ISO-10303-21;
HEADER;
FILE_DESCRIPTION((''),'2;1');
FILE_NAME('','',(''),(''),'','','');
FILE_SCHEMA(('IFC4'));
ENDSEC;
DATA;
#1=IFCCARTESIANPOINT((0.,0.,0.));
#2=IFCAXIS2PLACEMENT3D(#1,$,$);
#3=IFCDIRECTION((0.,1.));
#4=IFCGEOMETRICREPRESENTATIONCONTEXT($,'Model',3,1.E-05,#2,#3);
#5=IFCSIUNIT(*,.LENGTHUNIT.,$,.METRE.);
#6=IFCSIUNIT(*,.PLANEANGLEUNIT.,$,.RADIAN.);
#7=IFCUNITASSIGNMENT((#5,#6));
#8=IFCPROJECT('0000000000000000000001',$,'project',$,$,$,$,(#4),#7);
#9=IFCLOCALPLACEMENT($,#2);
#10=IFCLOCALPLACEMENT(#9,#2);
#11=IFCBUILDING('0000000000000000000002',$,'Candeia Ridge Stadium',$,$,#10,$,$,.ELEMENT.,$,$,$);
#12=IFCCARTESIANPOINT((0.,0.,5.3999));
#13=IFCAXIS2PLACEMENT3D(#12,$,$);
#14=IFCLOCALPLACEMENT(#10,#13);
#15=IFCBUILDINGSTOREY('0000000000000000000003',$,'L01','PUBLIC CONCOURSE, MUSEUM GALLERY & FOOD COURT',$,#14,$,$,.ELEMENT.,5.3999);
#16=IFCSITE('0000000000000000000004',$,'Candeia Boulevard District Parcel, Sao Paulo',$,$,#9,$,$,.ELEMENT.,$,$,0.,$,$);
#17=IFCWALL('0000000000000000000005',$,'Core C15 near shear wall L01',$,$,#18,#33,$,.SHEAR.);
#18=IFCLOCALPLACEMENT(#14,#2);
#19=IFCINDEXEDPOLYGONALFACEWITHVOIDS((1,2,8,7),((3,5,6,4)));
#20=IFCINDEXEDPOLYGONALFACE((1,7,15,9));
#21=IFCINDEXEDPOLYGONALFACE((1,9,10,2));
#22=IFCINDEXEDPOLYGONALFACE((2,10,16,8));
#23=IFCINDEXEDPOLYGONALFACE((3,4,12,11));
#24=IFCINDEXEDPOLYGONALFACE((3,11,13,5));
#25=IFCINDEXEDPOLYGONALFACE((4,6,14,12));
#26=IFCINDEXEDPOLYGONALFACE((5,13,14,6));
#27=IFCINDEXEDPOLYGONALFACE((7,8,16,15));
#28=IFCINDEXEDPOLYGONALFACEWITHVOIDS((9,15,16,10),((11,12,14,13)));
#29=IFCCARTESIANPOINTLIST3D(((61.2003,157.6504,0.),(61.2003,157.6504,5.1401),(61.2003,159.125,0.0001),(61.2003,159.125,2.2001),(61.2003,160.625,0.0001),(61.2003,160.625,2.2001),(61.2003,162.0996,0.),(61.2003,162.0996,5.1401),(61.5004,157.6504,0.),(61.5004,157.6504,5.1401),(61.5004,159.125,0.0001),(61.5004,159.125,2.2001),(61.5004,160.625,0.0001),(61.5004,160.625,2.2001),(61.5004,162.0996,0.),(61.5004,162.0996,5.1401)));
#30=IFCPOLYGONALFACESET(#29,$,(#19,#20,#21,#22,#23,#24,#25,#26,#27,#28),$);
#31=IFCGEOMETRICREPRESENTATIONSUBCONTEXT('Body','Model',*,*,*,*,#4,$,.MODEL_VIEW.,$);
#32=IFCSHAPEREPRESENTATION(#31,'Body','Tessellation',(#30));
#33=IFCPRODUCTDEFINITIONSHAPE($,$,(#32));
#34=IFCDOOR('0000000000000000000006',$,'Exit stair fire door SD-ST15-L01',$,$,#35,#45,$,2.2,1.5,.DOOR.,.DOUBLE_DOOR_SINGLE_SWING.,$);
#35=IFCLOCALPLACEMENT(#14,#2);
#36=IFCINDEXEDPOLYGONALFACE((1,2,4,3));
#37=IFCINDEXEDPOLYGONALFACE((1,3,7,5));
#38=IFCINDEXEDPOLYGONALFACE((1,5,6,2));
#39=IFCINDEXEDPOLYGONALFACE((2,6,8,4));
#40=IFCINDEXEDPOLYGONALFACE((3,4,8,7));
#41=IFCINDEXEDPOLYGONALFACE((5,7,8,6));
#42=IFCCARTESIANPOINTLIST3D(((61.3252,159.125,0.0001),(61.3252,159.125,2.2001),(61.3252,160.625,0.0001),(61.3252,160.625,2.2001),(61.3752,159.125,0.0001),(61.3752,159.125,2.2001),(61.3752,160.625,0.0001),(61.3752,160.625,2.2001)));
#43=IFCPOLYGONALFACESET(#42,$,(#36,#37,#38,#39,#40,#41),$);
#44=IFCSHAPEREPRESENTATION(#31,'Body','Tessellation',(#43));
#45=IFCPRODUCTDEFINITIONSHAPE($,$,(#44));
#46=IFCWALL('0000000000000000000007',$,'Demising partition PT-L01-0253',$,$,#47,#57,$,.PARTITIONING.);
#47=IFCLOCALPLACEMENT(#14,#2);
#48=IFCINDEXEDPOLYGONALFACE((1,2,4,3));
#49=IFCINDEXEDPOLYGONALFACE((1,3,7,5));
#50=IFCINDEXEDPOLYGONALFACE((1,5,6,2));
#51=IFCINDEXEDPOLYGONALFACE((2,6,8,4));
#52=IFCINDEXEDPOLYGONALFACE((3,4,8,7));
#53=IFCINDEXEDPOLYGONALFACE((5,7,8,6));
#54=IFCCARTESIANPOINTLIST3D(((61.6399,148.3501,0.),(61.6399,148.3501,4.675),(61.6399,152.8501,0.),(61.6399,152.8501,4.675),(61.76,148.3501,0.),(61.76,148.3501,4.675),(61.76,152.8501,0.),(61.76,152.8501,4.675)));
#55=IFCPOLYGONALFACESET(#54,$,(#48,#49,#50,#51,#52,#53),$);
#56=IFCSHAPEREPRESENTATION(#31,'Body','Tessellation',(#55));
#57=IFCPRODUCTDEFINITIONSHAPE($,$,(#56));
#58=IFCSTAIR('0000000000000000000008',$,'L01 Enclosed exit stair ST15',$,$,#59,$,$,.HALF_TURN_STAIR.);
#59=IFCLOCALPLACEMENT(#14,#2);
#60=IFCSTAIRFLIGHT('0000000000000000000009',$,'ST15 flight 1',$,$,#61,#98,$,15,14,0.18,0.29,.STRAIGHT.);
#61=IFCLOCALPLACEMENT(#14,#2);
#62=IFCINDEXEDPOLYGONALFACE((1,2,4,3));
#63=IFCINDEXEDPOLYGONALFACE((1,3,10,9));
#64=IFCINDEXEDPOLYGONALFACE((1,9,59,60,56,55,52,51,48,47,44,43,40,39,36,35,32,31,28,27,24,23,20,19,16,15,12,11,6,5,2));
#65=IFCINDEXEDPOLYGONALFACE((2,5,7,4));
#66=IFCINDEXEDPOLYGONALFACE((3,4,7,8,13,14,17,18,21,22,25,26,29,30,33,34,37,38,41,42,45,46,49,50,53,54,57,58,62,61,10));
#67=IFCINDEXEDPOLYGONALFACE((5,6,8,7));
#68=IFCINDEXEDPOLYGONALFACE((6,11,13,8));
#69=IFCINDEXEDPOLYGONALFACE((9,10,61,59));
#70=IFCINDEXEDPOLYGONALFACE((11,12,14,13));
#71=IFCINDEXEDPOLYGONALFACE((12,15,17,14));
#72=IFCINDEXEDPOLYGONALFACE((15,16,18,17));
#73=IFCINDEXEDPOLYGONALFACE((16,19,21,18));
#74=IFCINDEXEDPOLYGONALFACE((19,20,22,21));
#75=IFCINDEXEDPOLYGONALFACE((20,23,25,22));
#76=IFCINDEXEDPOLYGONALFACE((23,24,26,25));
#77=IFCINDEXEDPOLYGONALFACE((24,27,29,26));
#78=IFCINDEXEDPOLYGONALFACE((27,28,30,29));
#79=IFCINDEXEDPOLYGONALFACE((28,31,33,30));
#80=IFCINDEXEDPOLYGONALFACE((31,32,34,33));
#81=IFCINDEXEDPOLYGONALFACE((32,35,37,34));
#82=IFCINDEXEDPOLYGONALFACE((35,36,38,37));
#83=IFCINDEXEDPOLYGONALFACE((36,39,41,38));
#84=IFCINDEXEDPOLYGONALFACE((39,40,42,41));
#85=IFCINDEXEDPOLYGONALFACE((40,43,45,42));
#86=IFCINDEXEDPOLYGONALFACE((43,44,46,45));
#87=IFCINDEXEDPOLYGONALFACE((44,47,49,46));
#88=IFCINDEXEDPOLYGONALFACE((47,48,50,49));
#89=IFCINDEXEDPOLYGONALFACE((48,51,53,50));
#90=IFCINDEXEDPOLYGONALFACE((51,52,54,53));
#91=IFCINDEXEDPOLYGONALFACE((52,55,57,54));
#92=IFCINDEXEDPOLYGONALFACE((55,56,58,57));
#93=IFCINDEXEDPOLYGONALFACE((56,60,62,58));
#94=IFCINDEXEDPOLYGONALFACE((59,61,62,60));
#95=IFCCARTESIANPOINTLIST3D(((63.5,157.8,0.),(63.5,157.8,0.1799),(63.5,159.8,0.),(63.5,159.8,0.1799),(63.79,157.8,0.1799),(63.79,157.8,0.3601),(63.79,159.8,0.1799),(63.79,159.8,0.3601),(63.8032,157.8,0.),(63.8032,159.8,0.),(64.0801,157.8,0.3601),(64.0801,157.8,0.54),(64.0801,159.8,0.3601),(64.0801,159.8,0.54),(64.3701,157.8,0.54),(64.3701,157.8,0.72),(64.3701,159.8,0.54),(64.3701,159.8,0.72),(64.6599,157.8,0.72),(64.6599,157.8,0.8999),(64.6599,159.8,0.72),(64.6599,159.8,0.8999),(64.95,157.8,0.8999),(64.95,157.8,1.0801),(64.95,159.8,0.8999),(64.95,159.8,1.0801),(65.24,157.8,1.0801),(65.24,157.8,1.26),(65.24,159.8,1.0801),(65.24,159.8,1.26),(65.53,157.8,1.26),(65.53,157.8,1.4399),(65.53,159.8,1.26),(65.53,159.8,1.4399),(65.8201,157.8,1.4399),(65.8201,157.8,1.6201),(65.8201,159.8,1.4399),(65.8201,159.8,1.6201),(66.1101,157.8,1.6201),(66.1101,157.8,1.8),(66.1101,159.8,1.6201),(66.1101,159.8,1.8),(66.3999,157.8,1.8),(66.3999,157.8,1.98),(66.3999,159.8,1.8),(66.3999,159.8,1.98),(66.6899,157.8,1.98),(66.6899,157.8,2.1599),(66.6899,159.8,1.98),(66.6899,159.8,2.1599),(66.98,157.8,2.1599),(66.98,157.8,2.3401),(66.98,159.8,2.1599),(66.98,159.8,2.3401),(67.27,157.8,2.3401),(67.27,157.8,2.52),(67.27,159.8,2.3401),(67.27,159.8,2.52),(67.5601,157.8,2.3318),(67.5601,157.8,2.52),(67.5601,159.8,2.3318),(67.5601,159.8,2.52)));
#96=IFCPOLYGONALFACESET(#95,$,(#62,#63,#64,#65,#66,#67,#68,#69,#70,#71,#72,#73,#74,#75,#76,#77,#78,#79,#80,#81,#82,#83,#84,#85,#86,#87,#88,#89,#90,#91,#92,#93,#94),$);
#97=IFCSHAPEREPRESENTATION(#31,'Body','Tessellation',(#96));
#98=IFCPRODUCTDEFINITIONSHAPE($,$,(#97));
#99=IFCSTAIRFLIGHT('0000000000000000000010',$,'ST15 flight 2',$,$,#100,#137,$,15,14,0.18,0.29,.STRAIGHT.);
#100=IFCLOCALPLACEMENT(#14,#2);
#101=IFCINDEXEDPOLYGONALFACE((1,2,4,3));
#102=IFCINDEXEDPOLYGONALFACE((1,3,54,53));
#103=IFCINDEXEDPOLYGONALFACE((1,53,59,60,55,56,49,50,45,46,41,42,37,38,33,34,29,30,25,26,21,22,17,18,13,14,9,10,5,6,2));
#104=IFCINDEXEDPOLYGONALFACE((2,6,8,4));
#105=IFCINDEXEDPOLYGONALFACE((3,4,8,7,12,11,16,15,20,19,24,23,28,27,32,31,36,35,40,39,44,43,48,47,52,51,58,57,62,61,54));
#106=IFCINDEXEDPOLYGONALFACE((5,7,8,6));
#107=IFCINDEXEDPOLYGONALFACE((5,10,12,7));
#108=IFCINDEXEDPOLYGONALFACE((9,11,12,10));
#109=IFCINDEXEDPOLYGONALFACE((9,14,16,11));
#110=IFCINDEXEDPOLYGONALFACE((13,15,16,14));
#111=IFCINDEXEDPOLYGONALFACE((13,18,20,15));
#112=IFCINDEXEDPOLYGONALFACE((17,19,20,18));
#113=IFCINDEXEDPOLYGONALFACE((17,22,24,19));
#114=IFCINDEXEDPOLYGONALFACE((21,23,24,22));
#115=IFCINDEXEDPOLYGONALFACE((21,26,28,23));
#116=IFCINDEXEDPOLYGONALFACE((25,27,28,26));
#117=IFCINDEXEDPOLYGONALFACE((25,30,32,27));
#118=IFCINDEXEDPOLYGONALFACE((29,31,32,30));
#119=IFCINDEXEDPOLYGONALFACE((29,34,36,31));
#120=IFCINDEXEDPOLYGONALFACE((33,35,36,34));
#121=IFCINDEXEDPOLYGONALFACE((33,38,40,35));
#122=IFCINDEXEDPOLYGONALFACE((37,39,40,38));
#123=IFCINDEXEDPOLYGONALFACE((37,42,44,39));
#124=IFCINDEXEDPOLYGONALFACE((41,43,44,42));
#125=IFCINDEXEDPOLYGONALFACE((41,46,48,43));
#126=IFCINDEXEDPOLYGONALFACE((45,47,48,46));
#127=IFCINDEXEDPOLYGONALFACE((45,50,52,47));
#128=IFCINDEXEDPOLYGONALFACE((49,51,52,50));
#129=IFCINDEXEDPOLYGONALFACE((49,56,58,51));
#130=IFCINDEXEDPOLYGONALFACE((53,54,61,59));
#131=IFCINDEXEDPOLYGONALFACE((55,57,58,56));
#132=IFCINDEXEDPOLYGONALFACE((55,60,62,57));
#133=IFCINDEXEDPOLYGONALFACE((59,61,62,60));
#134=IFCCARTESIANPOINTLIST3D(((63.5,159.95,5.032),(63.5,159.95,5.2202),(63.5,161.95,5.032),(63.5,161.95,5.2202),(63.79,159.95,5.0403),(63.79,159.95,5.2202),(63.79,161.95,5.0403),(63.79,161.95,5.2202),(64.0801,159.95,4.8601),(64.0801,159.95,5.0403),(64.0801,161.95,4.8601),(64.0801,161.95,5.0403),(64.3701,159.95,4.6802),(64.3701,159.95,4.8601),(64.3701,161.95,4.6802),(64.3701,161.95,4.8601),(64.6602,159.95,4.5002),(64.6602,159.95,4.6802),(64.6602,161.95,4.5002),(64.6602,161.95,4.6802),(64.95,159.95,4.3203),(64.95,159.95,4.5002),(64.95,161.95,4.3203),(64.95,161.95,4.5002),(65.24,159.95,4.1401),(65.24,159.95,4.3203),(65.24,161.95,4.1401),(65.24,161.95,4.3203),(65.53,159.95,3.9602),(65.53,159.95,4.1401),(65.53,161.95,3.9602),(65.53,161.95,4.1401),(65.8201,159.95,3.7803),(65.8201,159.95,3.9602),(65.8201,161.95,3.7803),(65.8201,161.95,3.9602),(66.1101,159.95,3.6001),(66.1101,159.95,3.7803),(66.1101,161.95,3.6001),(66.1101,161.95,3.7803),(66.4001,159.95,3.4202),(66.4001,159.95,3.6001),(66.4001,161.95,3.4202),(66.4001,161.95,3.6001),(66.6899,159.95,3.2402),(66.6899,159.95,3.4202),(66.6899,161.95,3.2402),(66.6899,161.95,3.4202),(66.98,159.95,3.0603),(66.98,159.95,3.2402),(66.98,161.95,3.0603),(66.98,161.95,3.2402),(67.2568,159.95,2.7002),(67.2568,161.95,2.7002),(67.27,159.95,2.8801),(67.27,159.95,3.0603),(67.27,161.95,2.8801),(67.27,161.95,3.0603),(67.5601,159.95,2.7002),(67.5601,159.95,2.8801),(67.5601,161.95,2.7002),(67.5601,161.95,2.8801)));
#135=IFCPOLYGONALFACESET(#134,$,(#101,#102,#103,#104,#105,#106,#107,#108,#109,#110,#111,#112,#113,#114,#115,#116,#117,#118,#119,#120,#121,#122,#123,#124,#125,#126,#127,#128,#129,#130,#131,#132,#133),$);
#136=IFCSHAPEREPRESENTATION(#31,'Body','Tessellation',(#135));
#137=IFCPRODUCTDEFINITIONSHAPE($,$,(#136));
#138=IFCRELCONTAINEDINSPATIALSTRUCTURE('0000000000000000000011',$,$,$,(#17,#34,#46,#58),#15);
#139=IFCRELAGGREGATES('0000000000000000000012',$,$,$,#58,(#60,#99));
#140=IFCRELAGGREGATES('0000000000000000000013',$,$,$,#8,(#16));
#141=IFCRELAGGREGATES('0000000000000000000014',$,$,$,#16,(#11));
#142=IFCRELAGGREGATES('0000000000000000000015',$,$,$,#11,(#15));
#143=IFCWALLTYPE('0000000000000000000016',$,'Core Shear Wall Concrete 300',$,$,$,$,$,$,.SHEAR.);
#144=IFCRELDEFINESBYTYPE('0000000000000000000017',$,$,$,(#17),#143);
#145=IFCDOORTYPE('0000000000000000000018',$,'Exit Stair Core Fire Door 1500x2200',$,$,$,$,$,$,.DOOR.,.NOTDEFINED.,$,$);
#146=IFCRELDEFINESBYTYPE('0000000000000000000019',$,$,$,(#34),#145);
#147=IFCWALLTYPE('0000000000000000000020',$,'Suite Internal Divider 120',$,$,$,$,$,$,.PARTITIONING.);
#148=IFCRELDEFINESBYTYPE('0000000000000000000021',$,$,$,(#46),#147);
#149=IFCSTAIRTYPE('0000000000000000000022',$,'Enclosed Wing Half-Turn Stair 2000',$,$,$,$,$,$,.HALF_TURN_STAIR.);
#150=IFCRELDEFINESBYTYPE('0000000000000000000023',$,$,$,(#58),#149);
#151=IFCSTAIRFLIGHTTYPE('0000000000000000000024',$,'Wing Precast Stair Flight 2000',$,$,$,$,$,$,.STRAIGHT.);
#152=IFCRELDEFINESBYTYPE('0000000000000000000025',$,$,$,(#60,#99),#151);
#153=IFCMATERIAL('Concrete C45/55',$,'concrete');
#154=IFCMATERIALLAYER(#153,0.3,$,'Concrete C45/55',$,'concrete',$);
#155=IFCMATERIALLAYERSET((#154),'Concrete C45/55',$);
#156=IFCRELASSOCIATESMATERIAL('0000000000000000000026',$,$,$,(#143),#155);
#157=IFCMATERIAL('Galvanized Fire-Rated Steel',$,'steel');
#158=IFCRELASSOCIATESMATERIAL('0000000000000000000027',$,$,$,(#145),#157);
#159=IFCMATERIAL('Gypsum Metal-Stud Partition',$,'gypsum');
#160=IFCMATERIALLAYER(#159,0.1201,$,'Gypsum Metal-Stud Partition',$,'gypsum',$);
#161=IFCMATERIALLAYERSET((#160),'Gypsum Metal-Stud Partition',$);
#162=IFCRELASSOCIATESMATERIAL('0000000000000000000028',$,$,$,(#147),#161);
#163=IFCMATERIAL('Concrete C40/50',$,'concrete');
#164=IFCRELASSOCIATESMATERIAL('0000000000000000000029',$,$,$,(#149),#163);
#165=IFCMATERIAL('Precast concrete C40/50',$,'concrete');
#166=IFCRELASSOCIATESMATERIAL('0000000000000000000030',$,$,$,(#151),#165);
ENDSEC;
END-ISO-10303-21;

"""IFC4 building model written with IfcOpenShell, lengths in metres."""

from ifc_helpers import new_model, si_unit, direction, frame, frame_2d, origin, place, context, subcontext, project, spatial, polyline, rectangle, outline, extrude, material, layer, layer_set, type_object, element, fill, aggregate, save


model = new_model("IFC4")

# Units and contexts
model_context = context("Model", 3, precision=1e-05, world=origin(), true_north=direction((0.0, 1.0)))
body_context = subcontext(model_context, "Body", "Model", "MODEL_VIEW")
ifc_project = project(units=[si_unit("LENGTHUNIT", "METRE"), si_unit("PLANEANGLEUNIT", "RADIAN")], contexts=[model_context])

# Site, building, storey
site_placement = place(None, origin())
site = spatial("IfcSite", under=ifc_project, at=site_placement, Name="Candeia Boulevard District Parcel, Sao Paulo", CompositionType="ELEMENT", RefElevation=0.0)
building_placement = place(site_placement, origin())
building = spatial("IfcBuilding", under=site, at=building_placement, Name="Candeia Ridge Stadium", CompositionType="ELEMENT")
storey_placement = place(building_placement, frame((0.0, 0.0, 5.3999)))
storey = spatial("IfcBuildingStorey", under=building, at=storey_placement, Name="L01", Description="PUBLIC CONCOURSE, MUSEUM GALLERY & FOOD COURT", CompositionType="ELEMENT", Elevation=5.3999)

# Shared definitions
ifc_material_1 = material(Name="Concrete C45/55", Category="concrete")
ifc_layer_1 = layer(ifc_material_1, 0.3, Name="Concrete C45/55", Category="concrete")
ifc_layer_set_1 = layer_set([ifc_layer_1], Name="Concrete C45/55")
wall_type_1 = type_object("IfcWallType", Name="Core Shear Wall Concrete 300", PredefinedType="SHEAR", material=ifc_layer_set_1)

# Wall, opening, door
wall_1_placement = place(storey_placement, frame((61.3503, 162.0996, 0.0), z_axis=(0.0, 0.0, 1.0), x_axis=(0.0, -1.0, 0.0)))
wall_1 = element("IfcWall", 1, at=wall_1_placement, inside=storey, type_object=wall_type_1, Name="Core C15 near shear wall L01", PredefinedType="SHEAR", context=body_context, shape_type="SweptSolid", body=[
    extrude(rectangle(XDim=4.4492, YDim=0.3, at=frame_2d((2.2246, 0.0))), origin(), (0.0, 0.0, 1.0), 5.1401),
])
opening_1_placement = place(wall_1_placement, frame((1.4746, 0.0, 0.0)))
opening_1 = element("IfcOpeningElement", 2, at=opening_1_placement, cuts=wall_1, PredefinedType="OPENING", context=body_context, shape_type="SweptSolid", body=[
    extrude(rectangle(XDim=1.5, YDim=2.2, at=frame_2d((0.75, 1.1001))), frame((0.0, 0.1599, 0.0), z_axis=(0.0, -1.0, 0.0), x_axis=(1.0, 0.0, 0.0)), (0.0, 0.0, 1.0), 0.3201),
])
ifc_material_2 = material(Name="Galvanized Fire-Rated Steel", Category="steel")
door_type_1 = type_object("IfcDoorType", Name="Exit Stair Core Fire Door 1500x2200", OperationType="NOTDEFINED", PredefinedType="DOOR", material=ifc_material_2)
door_1_placement = place(opening_1_placement, origin())
door_1 = element("IfcDoor", 3, at=door_1_placement, inside=storey, type_object=door_type_1, Name="Exit stair fire door SD-ST15-L01", OperationType="DOUBLE_DOOR_SINGLE_SWING", OverallHeight=2.2, OverallWidth=1.5, PredefinedType="DOOR", context=body_context, shape_type="SweptSolid", body=[
    extrude(rectangle(XDim=1.5, YDim=2.2, at=frame_2d((0.75, 1.1001))), frame((0.0, 0.0249, 0.0), z_axis=(0.0, -1.0, 0.0), x_axis=(1.0, 0.0, 0.0)), (0.0, 0.0, 1.0), 0.05),
])
fill(opening_1, door_1)

# Wall
ifc_material_3 = material(Name="Gypsum Metal-Stud Partition", Category="gypsum")
ifc_layer_2 = layer(ifc_material_3, 0.1201, Name="Gypsum Metal-Stud Partition", Category="gypsum")
ifc_layer_set_2 = layer_set([ifc_layer_2], Name="Gypsum Metal-Stud Partition")
wall_type_2 = type_object("IfcWallType", Name="Suite Internal Divider 120", PredefinedType="PARTITIONING", material=ifc_layer_set_2)
wall_2_placement = place(storey_placement, frame((61.7, 148.3501, 0.0), z_axis=(0.0, 0.0, 1.0), x_axis=(0.0, 1.0, 0.0)))
element("IfcWall", 4, at=wall_2_placement, inside=storey, type_object=wall_type_2, Name="Demising partition PT-L01-0253", PredefinedType="PARTITIONING", context=body_context, shape_type="SweptSolid", body=[
    extrude(rectangle(XDim=4.5, YDim=0.1201, at=frame_2d((2.25, 0.0))), origin(), (0.0, 0.0, 1.0), 4.675),
])

# Stair, stair flights
ifc_material_4 = material(Name="Concrete C40/50", Category="concrete")
stair_type = type_object("IfcStairType", Name="Enclosed Wing Half-Turn Stair 2000", PredefinedType="HALF_TURN_STAIR", material=ifc_material_4)
stair_placement = place(storey_placement, origin())
stair = element("IfcStair", 5, at=stair_placement, inside=storey, type_object=stair_type, Name="L01 Enclosed exit stair ST15", PredefinedType="HALF_TURN_STAIR")
ifc_material_5 = material(Name="Precast concrete C40/50", Category="concrete")
stair_flight_type = type_object("IfcStairFlightType", Name="Wing Precast Stair Flight 2000", PredefinedType="STRAIGHT", material=ifc_material_5)
stair_flight_1_placement = place(storey_placement, frame((63.5, 158.8, 0.0), z_axis=(0.0, 0.0, 1.0), x_axis=(1.0, 0.0, 0.0)))
stair_flight_1 = element("IfcStairFlight", 6, at=stair_flight_1_placement, type_object=stair_flight_type, Name="ST15 flight 1", NumberOfRisers=15, NumberOfTreads=14, PredefinedType="STRAIGHT", RiserHeight=0.18, TreadLength=0.29, context=body_context, shape_type="SweptSolid", body=[
    extrude(outline(polyline([(0.0, 0.0), (0.0, 0.1799), (0.29, 0.1799), (0.29, 0.3601), (0.5801, 0.3601), (0.5801, 0.54), (0.8701, 0.54), (0.8701, 0.72), (1.1599, 0.72), (1.1599, 0.8999), (1.45, 0.8999), (1.45, 1.0801), (1.74, 1.0801), (1.74, 1.26), (2.03, 1.26), (2.03, 1.4399), (2.3201, 1.4399), (2.3201, 1.6201), (2.6101, 1.6201), (2.6101, 1.8), (2.8999, 1.8), (2.8999, 1.98), (3.1899, 1.98), (3.1899, 2.1599), (3.48, 2.1599), (3.48, 2.3401), (3.77, 2.3401), (3.77, 2.52), (4.0601, 2.52), (4.0601, 2.7), (4.0601, 2.3318), (0.3032, 0.0), (0.0, 0.0)])), frame((0.0, 1.0, 0.0), z_axis=(0.0, -1.0, 0.0), x_axis=(1.0, 0.0, 0.0)), (0.0, 0.0, 1.0), 2.0),
])
stair_flight_2_placement = place(storey_placement, frame((67.5601, 160.95, 2.7002), z_axis=(0.0, 0.0, 1.0), x_axis=(-1.0, 0.0, 0.0)))
stair_flight_2 = element("IfcStairFlight", 7, at=stair_flight_2_placement, type_object=stair_flight_type, Name="ST15 flight 2", NumberOfRisers=15, NumberOfTreads=14, PredefinedType="STRAIGHT", RiserHeight=0.18, TreadLength=0.29, context=body_context, shape_type="SweptSolid", body=[
    extrude(outline(polyline([(0.0, 0.0), (0.0, 0.1799), (0.29, 0.1799), (0.29, 0.3601), (0.5801, 0.3601), (0.5801, 0.54), (0.8701, 0.54), (0.8701, 0.72), (1.1599, 0.72), (1.1599, 0.8999), (1.45, 0.8999), (1.45, 1.0801), (1.74, 1.0801), (1.74, 1.26), (2.03, 1.26), (2.03, 1.4399), (2.3201, 1.4399), (2.3201, 1.6201), (2.6101, 1.6201), (2.6101, 1.8), (2.8999, 1.8), (2.8999, 1.98), (3.1899, 1.98), (3.1899, 2.1599), (3.48, 2.1599), (3.48, 2.3401), (3.77, 2.3401), (3.77, 2.52), (4.0601, 2.52), (4.0601, 2.7), (4.0601, 2.3318), (0.3032, 0.0), (0.0, 0.0)])), frame((0.0, 1.0, 0.0), z_axis=(0.0, -1.0, 0.0), x_axis=(1.0, 0.0, 0.0)), (0.0, 0.0, 1.0), 2.0),
])
aggregate(stair, [stair_flight_1, stair_flight_2])

save(model, "model.ifc")
